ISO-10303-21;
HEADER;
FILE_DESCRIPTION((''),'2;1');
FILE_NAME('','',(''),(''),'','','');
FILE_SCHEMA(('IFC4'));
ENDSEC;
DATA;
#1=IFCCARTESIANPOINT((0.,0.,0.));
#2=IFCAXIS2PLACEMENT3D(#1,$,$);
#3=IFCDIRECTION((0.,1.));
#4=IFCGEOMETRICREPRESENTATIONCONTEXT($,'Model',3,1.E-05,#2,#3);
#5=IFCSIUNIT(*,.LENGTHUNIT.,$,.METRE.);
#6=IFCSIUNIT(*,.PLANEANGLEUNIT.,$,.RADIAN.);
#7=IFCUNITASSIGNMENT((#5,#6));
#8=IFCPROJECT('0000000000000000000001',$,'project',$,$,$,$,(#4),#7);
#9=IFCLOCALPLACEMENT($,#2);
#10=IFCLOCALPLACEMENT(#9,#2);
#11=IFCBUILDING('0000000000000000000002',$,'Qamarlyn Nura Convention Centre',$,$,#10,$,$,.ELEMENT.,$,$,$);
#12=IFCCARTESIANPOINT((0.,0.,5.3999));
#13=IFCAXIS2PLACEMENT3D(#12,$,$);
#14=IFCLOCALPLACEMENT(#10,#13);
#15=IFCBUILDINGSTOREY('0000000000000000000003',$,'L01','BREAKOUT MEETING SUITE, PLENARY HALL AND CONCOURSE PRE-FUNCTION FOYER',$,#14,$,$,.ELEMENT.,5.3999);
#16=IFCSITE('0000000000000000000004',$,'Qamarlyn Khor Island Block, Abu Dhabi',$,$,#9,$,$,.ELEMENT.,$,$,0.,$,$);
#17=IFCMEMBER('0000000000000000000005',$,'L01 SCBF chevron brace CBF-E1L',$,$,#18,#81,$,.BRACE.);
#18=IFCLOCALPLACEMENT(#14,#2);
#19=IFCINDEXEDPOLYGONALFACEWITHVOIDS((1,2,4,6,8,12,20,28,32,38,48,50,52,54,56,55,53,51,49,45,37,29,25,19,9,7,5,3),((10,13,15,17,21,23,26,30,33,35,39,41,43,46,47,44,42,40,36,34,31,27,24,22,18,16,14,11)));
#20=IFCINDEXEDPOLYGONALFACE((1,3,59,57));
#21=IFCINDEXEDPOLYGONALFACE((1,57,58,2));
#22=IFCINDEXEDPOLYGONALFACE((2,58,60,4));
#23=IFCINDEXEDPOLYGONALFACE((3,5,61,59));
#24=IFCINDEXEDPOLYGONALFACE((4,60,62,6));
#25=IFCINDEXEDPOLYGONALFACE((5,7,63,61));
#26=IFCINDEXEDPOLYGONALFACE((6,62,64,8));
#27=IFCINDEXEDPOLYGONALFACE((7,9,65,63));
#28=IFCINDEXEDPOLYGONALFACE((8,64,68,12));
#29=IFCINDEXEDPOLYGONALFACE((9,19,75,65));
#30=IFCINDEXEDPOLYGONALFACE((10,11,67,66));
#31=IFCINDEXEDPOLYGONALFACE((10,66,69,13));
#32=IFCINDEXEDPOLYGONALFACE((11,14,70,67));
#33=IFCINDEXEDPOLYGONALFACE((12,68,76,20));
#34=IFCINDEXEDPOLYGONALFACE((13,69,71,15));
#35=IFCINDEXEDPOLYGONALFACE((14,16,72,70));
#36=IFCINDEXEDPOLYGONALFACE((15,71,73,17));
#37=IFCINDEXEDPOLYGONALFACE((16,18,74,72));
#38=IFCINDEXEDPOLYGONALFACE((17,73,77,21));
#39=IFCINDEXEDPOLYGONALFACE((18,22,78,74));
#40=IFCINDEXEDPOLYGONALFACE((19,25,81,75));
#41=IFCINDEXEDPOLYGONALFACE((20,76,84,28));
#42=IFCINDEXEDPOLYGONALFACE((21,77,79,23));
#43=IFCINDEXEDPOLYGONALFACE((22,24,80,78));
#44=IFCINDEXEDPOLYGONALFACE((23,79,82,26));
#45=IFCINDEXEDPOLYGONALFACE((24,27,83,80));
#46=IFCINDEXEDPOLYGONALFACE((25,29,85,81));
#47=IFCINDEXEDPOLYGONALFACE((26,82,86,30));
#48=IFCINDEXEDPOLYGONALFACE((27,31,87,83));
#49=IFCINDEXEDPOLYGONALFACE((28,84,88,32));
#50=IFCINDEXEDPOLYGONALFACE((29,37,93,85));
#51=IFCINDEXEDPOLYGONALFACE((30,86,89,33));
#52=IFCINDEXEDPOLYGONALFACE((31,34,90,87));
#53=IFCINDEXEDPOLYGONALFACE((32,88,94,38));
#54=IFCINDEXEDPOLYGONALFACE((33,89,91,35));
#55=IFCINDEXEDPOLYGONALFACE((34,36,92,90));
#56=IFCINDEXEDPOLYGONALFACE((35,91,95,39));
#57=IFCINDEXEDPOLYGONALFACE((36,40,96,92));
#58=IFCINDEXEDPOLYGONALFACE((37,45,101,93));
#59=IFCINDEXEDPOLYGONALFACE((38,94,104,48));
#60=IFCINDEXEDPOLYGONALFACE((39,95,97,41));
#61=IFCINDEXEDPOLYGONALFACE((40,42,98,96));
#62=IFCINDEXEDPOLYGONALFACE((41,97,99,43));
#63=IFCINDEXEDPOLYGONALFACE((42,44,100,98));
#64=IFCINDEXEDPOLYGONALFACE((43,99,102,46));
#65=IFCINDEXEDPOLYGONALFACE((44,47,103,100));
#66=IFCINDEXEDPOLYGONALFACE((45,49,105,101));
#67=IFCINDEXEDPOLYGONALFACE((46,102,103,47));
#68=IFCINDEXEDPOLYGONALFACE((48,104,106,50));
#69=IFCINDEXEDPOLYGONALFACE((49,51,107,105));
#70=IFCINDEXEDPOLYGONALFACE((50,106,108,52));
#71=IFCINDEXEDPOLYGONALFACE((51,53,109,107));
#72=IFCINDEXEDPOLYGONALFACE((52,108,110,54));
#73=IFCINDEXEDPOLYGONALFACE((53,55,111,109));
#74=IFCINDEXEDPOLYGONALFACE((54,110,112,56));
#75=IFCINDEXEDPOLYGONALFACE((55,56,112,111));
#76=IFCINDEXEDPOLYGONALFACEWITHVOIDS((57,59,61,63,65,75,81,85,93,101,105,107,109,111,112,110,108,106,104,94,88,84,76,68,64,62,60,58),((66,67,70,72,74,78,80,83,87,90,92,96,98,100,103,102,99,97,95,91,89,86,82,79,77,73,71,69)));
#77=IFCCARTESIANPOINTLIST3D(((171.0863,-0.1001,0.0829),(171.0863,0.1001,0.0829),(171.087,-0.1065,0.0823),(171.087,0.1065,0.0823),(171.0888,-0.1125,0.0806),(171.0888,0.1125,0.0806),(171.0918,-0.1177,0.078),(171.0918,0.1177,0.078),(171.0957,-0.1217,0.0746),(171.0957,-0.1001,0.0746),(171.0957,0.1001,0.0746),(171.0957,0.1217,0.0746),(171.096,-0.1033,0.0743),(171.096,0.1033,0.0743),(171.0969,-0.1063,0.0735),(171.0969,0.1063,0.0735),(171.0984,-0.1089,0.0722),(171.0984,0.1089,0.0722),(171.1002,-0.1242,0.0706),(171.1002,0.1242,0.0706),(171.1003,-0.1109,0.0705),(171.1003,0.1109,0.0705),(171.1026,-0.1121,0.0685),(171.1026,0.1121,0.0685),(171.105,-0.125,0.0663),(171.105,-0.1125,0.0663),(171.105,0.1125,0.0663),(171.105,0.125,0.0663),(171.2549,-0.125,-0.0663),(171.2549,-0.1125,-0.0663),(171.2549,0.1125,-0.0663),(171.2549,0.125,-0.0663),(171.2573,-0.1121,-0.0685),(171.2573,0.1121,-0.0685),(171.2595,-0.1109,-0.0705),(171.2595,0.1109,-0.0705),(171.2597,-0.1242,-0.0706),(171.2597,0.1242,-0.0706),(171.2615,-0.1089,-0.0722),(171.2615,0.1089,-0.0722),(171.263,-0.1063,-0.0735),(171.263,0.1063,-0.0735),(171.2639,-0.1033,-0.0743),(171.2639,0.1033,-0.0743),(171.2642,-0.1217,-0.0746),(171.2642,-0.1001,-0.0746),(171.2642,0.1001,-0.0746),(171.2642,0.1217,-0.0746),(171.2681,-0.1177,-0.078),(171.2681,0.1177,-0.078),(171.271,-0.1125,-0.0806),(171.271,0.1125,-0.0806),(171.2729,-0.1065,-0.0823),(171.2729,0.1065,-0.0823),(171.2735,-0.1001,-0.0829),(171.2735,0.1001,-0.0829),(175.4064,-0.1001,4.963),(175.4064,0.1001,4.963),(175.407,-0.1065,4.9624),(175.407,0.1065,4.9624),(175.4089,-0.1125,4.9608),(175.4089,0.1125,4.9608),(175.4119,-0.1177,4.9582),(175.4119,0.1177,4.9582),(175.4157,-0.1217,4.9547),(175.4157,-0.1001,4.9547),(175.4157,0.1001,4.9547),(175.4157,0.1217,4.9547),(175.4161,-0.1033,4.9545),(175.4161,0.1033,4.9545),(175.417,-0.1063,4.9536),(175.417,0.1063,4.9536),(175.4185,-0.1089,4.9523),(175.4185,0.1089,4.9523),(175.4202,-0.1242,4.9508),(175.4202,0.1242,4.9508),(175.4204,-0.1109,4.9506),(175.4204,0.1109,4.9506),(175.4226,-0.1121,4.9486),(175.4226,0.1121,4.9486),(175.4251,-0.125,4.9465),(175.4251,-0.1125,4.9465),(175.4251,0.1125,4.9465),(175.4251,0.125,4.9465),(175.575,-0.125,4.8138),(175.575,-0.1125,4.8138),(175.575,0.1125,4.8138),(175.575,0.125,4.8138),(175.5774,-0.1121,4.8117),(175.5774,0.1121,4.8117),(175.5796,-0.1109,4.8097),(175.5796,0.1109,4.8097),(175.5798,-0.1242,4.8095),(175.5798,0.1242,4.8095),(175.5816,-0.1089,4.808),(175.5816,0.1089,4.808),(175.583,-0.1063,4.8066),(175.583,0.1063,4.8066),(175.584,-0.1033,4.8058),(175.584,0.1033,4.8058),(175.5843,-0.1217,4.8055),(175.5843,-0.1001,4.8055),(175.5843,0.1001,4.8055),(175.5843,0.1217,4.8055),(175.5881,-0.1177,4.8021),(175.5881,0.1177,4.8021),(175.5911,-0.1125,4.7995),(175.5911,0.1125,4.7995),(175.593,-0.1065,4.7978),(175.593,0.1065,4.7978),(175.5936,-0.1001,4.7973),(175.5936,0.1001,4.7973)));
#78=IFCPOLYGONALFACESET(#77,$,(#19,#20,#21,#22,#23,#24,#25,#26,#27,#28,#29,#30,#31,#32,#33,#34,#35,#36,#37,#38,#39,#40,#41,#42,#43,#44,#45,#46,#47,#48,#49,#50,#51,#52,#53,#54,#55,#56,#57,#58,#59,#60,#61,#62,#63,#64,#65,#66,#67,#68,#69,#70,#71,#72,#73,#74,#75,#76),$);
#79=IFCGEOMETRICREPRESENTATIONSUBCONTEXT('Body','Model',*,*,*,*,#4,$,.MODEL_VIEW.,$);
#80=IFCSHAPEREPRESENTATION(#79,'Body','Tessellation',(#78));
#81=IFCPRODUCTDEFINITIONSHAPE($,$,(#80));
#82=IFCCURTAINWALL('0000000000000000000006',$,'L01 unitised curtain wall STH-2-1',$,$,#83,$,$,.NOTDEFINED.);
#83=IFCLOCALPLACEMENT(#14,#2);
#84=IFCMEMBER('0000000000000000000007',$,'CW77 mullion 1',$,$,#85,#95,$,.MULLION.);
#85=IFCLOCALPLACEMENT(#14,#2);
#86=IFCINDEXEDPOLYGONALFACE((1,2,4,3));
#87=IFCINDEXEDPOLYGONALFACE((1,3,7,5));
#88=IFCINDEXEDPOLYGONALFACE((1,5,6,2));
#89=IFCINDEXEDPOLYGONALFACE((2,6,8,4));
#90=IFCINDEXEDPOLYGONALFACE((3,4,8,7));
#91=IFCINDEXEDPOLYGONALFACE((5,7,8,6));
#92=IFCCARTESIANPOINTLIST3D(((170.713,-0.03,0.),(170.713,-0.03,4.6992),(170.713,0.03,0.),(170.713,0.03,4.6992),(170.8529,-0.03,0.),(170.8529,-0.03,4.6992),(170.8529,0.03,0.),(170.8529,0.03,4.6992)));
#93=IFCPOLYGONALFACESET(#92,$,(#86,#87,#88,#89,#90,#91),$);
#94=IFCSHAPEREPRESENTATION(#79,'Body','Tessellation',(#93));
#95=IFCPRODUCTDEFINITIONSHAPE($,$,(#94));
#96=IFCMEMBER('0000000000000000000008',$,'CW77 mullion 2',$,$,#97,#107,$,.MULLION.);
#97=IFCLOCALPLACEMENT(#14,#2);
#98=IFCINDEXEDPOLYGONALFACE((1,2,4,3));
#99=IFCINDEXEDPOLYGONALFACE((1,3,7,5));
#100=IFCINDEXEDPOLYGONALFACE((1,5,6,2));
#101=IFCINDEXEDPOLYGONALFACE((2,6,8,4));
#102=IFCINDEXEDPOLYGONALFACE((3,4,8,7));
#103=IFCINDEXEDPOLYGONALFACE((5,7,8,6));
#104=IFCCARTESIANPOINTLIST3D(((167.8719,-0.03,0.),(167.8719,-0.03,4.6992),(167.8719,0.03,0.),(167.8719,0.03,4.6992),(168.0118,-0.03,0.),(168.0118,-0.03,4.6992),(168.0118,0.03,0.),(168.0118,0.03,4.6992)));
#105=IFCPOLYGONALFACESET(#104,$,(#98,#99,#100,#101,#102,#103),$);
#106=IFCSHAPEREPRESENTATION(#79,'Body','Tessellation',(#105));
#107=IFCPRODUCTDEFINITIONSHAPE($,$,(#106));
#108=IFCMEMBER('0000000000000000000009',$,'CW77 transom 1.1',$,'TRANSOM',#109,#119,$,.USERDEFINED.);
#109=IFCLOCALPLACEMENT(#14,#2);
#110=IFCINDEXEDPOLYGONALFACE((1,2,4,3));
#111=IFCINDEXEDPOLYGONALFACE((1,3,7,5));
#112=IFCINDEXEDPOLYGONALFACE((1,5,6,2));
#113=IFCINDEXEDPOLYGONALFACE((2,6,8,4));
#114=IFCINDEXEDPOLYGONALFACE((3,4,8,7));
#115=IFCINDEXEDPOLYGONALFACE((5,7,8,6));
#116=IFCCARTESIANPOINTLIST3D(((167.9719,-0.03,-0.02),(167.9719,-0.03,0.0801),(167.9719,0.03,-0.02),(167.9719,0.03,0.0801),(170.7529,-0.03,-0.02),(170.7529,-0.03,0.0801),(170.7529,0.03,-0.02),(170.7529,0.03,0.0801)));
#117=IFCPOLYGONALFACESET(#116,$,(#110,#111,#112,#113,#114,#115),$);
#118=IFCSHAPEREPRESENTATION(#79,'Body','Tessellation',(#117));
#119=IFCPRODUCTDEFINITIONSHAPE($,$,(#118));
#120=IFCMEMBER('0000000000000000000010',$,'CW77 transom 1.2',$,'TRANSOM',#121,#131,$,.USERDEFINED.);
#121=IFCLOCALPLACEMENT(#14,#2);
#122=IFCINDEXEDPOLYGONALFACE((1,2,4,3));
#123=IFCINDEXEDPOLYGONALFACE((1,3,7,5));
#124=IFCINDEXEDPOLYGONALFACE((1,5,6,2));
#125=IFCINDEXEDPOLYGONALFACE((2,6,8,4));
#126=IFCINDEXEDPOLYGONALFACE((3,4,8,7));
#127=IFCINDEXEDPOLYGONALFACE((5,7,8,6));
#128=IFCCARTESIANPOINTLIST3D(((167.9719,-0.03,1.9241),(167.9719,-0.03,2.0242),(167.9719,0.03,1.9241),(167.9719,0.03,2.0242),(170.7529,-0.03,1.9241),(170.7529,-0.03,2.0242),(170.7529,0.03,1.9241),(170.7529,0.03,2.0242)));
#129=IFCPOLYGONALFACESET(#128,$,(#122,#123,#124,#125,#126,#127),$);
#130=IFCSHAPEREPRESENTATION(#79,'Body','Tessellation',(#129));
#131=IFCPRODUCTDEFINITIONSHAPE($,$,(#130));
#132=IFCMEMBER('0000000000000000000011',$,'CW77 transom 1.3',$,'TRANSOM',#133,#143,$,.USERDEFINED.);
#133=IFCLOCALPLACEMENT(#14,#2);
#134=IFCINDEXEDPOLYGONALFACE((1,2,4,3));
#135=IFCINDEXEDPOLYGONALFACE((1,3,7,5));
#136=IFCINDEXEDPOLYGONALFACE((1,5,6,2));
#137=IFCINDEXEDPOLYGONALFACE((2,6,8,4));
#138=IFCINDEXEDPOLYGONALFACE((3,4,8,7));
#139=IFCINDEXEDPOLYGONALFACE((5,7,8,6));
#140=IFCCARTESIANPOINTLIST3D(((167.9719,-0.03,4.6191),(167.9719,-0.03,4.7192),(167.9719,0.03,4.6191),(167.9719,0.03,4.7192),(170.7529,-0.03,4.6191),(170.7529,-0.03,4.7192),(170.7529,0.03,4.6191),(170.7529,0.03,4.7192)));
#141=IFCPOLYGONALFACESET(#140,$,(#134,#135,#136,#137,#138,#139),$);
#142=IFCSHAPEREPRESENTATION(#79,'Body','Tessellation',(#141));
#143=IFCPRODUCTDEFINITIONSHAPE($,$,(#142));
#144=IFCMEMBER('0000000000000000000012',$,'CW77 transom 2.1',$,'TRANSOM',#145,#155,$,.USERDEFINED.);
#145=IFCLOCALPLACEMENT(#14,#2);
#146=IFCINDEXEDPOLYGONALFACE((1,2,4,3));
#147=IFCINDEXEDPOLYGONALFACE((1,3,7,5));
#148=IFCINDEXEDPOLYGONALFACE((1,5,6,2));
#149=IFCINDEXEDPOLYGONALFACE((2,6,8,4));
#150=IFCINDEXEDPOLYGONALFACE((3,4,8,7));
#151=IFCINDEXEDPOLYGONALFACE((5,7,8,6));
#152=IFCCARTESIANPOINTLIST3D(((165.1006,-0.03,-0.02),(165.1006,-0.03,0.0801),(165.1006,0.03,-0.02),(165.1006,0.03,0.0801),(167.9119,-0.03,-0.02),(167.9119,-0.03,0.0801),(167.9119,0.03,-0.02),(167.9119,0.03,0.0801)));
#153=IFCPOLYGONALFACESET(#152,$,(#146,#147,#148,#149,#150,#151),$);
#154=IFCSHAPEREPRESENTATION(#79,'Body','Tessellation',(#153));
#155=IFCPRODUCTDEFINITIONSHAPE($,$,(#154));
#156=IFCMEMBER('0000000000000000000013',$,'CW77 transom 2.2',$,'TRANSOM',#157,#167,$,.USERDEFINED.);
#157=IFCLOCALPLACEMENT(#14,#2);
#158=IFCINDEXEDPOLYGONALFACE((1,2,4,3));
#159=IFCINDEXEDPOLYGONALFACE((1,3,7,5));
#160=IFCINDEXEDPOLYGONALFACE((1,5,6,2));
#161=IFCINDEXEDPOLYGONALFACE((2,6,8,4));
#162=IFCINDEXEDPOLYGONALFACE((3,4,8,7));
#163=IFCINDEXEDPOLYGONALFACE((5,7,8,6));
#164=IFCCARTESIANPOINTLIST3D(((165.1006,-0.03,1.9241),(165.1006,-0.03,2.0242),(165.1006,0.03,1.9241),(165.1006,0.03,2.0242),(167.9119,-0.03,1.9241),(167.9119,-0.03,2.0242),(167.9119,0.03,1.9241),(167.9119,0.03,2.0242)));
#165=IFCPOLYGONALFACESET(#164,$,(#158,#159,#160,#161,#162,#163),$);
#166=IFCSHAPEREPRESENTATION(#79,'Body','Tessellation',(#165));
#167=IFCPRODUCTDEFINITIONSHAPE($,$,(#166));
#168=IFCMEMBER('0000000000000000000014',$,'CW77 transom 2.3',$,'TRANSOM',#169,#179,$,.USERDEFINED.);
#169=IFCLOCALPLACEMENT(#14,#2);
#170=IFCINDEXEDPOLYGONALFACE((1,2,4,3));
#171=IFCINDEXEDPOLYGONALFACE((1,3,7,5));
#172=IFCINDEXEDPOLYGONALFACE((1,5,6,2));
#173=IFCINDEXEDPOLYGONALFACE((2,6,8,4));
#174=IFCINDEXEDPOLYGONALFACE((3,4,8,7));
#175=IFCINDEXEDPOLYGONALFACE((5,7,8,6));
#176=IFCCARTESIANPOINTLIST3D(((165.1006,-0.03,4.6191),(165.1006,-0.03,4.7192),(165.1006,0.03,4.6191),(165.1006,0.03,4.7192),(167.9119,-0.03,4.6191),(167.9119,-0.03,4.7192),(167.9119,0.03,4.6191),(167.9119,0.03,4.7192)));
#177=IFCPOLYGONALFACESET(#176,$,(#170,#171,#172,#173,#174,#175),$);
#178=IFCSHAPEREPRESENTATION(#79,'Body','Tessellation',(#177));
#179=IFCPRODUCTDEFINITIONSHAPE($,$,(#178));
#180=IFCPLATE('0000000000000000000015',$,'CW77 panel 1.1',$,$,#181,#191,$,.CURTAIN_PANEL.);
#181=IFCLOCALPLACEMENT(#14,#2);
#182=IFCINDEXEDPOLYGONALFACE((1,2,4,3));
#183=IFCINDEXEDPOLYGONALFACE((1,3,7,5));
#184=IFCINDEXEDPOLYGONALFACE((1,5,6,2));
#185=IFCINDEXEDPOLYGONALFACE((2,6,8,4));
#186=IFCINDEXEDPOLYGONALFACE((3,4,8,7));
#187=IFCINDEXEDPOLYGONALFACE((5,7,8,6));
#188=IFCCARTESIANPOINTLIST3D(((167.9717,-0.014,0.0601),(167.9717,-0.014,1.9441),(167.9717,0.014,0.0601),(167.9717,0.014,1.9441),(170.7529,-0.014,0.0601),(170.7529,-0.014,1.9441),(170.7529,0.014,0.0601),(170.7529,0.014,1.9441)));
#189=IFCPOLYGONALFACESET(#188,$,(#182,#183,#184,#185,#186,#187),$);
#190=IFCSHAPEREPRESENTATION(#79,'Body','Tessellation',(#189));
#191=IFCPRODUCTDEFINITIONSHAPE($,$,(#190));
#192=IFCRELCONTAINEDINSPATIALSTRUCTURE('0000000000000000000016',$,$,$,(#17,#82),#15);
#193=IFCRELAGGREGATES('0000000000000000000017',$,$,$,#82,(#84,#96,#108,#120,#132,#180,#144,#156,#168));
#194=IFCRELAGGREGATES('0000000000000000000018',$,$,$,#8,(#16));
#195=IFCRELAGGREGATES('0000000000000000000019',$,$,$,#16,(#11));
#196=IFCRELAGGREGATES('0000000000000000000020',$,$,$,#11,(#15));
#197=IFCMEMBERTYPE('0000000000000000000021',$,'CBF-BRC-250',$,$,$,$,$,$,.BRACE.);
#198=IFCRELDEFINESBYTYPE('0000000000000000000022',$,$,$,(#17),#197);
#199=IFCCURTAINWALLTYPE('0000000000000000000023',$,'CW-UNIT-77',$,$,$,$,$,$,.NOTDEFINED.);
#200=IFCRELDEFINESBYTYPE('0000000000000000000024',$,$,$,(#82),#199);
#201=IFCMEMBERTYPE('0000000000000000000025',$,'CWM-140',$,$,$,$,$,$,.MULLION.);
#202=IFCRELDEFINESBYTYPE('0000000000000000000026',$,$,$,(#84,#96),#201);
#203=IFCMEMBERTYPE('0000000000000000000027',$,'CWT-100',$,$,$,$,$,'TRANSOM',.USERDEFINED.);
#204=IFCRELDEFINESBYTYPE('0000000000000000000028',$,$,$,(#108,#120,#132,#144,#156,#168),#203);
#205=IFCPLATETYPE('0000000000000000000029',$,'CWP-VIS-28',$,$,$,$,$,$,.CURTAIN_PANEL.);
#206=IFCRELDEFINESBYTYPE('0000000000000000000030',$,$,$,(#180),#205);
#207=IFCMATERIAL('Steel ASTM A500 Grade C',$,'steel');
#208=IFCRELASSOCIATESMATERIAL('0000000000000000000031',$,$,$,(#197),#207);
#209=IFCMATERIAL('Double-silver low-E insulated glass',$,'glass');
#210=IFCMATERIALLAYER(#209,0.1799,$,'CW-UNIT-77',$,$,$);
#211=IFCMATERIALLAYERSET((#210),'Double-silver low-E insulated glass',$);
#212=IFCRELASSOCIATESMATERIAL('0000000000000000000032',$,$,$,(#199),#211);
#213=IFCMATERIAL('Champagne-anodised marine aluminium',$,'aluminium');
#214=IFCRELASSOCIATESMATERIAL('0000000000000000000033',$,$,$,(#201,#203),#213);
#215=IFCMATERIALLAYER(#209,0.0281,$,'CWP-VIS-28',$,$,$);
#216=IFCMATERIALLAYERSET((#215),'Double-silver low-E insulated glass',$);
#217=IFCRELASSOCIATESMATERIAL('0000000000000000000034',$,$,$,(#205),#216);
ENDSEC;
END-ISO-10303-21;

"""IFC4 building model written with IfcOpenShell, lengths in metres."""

from ifc_helpers import new_model, si_unit, direction, frame, origin, origin_2d, place, context, subcontext, project, spatial, rectangle, hollow_rectangle, extrude, material, layer, layer_set, material_profile, profile_set, type_object, element, aggregate, save


model = new_model("IFC4")

# Units and contexts
model_context = context("Model", 3, precision=1e-05, world=origin(), true_north=direction((0.0, 1.0)))
body_context = subcontext(model_context, "Body", "Model", "MODEL_VIEW")
ifc_project = project(units=[si_unit("LENGTHUNIT", "METRE"), si_unit("PLANEANGLEUNIT", "RADIAN")], contexts=[model_context])

# Site, building, storey
site_placement = place(None, origin())
site = spatial("IfcSite", under=ifc_project, at=site_placement, Name="Qamarlyn Khor Island Block, Abu Dhabi", CompositionType="ELEMENT", RefElevation=0.0)
building_placement = place(site_placement, origin())
building = spatial("IfcBuilding", under=site, at=building_placement, Name="Qamarlyn Nura Convention Centre", CompositionType="ELEMENT")
storey_placement = place(building_placement, frame((0.0, 0.0, 5.3999)))
storey = spatial("IfcBuildingStorey", under=building, at=storey_placement, Name="L01", Description="BREAKOUT MEETING SUITE, PLENARY HALL AND CONCOURSE PRE-FUNCTION FOYER", CompositionType="ELEMENT", Elevation=5.3999)

# Member
ifc_material_1 = material(Name="Steel ASTM A500 Grade C", Category="steel")
ifc_material_profile_1 = material_profile(ifc_material_1, hollow_rectangle(XDim=0.25, YDim=0.25, WallThickness=0.0125, InnerFilletRadius=0.0125, OuterFilletRadius=0.0249, at=origin_2d()), Name="HSS250X250X12.5")
ifc_profile_set_1 = profile_set([ifc_material_profile_1], Name="Steel ASTM A500 Grade C")
member_type_1 = type_object("IfcMemberType", Name="CBF-BRC-250", PredefinedType="BRACE", material=ifc_profile_set_1)
member_1_placement = place(storey_placement, frame((171.1799, 0.0, 0.0), z_axis=(0.662835, 0.0, 0.748766), x_axis=(0.0, 1.0, 0.0)))
element("IfcMember", 1, at=member_1_placement, inside=storey, type_object=member_type_1, Name="L01 SCBF chevron brace CBF-E1L", PredefinedType="BRACE", context=body_context, shape_type="SweptSolid", body=[
    extrude(hollow_rectangle(XDim=0.25, YDim=0.25, WallThickness=0.0125, InnerFilletRadius=0.0125, OuterFilletRadius=0.0249, at=origin_2d()), origin(), (0.0, 0.0, 1.0), 6.5176),
])

# Curtain wall, members, plate
ifc_material_2 = material(Name="Double-silver low-E insulated glass", Category="glass")
ifc_layer_1 = layer(ifc_material_2, 0.1799, Name="CW-UNIT-77")
ifc_layer_set_1 = layer_set([ifc_layer_1], Name="Double-silver low-E insulated glass")
curtain_wall_type = type_object("IfcCurtainWallType", Name="CW-UNIT-77", PredefinedType="NOTDEFINED", material=ifc_layer_set_1)
curtain_wall_placement = place(storey_placement, origin())
curtain_wall = element("IfcCurtainWall", 2, at=curtain_wall_placement, inside=storey, type_object=curtain_wall_type, Name="L01 unitised curtain wall STH-2-1", PredefinedType="NOTDEFINED")
ifc_material_3 = material(Name="Champagne-anodised marine aluminium", Category="aluminium")
ifc_material_profile_2 = material_profile(ifc_material_3, rectangle(XDim=0.0601, YDim=0.1399, at=origin_2d()), Name="ALU MULLION 60x140")
ifc_profile_set_2 = profile_set([ifc_material_profile_2], Name="Champagne-anodised marine aluminium")
member_type_2 = type_object("IfcMemberType", Name="CWM-140", PredefinedType="MULLION", material=ifc_profile_set_2)
member_2_placement = place(storey_placement, frame((170.783, 0.0, 0.0), z_axis=(0.0, 0.0, 1.0), x_axis=(0.0, -1.0, 0.0)))
member_2 = element("IfcMember", 3, at=member_2_placement, type_object=member_type_2, Name="CW77 mullion 1", PredefinedType="MULLION", context=body_context, shape_type="SweptSolid", body=[
    extrude(rectangle(XDim=0.0601, YDim=0.1399, at=origin_2d()), origin(), (0.0, 0.0, 1.0), 4.6992),
])
member_3_placement = place(storey_placement, frame((167.9419, 0.0, 0.0), z_axis=(0.0, 0.0, 1.0), x_axis=(0.0, -1.0, 0.0)))
member_3 = element("IfcMember", 4, at=member_3_placement, type_object=member_type_2, Name="CW77 mullion 2", PredefinedType="MULLION", context=body_context, shape_type="SweptSolid", body=[
    extrude(rectangle(XDim=0.0601, YDim=0.1399, at=origin_2d()), origin(), (0.0, 0.0, 1.0), 4.6992),
])
ifc_material_profile_3 = material_profile(ifc_material_3, rectangle(XDim=0.0601, YDim=0.1001, at=origin_2d()), Name="ALU TRANSOM 60x100")
ifc_profile_set_3 = profile_set([ifc_material_profile_3], Name="Champagne-anodised marine aluminium")
member_type_3 = type_object("IfcMemberType", Name="CWT-100", ElementType="TRANSOM", PredefinedType="USERDEFINED", material=ifc_profile_set_3)
member_4_placement = place(storey_placement, frame((170.7529, 0.0, 0.03), z_axis=(-1.0, 0.0, 0.0), x_axis=(0.0, -1.0, 0.0)))
member_4 = element("IfcMember", 5, at=member_4_placement, type_object=member_type_3, Name="CW77 transom 1.1", ObjectType="TRANSOM", PredefinedType="USERDEFINED", context=body_context, shape_type="SweptSolid", body=[
    extrude(rectangle(XDim=0.0601, YDim=0.1001, at=origin_2d()), origin(), (0.0, 0.0, 1.0), 2.781),
])
member_5_placement = place(storey_placement, frame((170.7529, 0.0, 1.9741), z_axis=(-1.0, 0.0, 0.0), x_axis=(0.0, -1.0, 0.0)))
member_5 = element("IfcMember", 6, at=member_5_placement, type_object=member_type_3, Name="CW77 transom 1.2", ObjectType="TRANSOM", PredefinedType="USERDEFINED", context=body_context, shape_type="SweptSolid", body=[
    extrude(rectangle(XDim=0.0601, YDim=0.1001, at=origin_2d()), origin(), (0.0, 0.0, 1.0), 2.781),
])
member_6_placement = place(storey_placement, frame((170.7529, 0.0, 4.6692), z_axis=(-1.0, 0.0, 0.0), x_axis=(0.0, -1.0, 0.0)))
member_6 = element("IfcMember", 7, at=member_6_placement, type_object=member_type_3, Name="CW77 transom 1.3", ObjectType="TRANSOM", PredefinedType="USERDEFINED", context=body_context, shape_type="SweptSolid", body=[
    extrude(rectangle(XDim=0.0601, YDim=0.1001, at=origin_2d()), origin(), (0.0, 0.0, 1.0), 2.781),
])
member_7_placement = place(storey_placement, frame((167.9119, 0.0, 0.03), z_axis=(-1.0, 0.0, 0.0), x_axis=(0.0, -1.0, 0.0)))
member_7 = element("IfcMember", 8, at=member_7_placement, type_object=member_type_3, Name="CW77 transom 2.1", ObjectType="TRANSOM", PredefinedType="USERDEFINED", context=body_context, shape_type="SweptSolid", body=[
    extrude(rectangle(XDim=0.0601, YDim=0.1001, at=origin_2d()), origin(), (0.0, 0.0, 1.0), 2.8113),
])
member_8_placement = place(storey_placement, frame((167.9119, 0.0, 1.9741), z_axis=(-1.0, 0.0, 0.0), x_axis=(0.0, -1.0, 0.0)))
member_8 = element("IfcMember", 9, at=member_8_placement, type_object=member_type_3, Name="CW77 transom 2.2", ObjectType="TRANSOM", PredefinedType="USERDEFINED", context=body_context, shape_type="SweptSolid", body=[
    extrude(rectangle(XDim=0.0601, YDim=0.1001, at=origin_2d()), origin(), (0.0, 0.0, 1.0), 2.8113),
])
member_9_placement = place(storey_placement, frame((167.9119, 0.0, 4.6692), z_axis=(-1.0, 0.0, 0.0), x_axis=(0.0, -1.0, 0.0)))
member_9 = element("IfcMember", 10, at=member_9_placement, type_object=member_type_3, Name="CW77 transom 2.3", ObjectType="TRANSOM", PredefinedType="USERDEFINED", context=body_context, shape_type="SweptSolid", body=[
    extrude(rectangle(XDim=0.0601, YDim=0.1001, at=origin_2d()), origin(), (0.0, 0.0, 1.0), 2.8113),
])
ifc_layer_2 = layer(ifc_material_2, 0.0281, Name="CWP-VIS-28")
ifc_layer_set_2 = layer_set([ifc_layer_2], Name="Double-silver low-E insulated glass")
plate_type_1 = type_object("IfcPlateType", Name="CWP-VIS-28", PredefinedType="CURTAIN_PANEL", material=ifc_layer_set_2)
plate_1_placement = place(storey_placement, frame((169.3623, 0.0, 0.0601), z_axis=(0.0, 0.0, 1.0), x_axis=(-1.0, 0.0, 0.0)))
plate_1 = element("IfcPlate", 11, at=plate_1_placement, type_object=plate_type_1, Name="CW77 panel 1.1", PredefinedType="CURTAIN_PANEL", context=body_context, shape_type="SweptSolid", body=[
    extrude(rectangle(XDim=2.7812, YDim=0.0281, at=origin_2d()), origin(), (0.0, 0.0, 1.0), 1.884),
])
aggregate(curtain_wall, [member_2, member_3, member_4, member_5, member_6, plate_1, member_7, member_8, member_9])

save(model, "model.ifc")
